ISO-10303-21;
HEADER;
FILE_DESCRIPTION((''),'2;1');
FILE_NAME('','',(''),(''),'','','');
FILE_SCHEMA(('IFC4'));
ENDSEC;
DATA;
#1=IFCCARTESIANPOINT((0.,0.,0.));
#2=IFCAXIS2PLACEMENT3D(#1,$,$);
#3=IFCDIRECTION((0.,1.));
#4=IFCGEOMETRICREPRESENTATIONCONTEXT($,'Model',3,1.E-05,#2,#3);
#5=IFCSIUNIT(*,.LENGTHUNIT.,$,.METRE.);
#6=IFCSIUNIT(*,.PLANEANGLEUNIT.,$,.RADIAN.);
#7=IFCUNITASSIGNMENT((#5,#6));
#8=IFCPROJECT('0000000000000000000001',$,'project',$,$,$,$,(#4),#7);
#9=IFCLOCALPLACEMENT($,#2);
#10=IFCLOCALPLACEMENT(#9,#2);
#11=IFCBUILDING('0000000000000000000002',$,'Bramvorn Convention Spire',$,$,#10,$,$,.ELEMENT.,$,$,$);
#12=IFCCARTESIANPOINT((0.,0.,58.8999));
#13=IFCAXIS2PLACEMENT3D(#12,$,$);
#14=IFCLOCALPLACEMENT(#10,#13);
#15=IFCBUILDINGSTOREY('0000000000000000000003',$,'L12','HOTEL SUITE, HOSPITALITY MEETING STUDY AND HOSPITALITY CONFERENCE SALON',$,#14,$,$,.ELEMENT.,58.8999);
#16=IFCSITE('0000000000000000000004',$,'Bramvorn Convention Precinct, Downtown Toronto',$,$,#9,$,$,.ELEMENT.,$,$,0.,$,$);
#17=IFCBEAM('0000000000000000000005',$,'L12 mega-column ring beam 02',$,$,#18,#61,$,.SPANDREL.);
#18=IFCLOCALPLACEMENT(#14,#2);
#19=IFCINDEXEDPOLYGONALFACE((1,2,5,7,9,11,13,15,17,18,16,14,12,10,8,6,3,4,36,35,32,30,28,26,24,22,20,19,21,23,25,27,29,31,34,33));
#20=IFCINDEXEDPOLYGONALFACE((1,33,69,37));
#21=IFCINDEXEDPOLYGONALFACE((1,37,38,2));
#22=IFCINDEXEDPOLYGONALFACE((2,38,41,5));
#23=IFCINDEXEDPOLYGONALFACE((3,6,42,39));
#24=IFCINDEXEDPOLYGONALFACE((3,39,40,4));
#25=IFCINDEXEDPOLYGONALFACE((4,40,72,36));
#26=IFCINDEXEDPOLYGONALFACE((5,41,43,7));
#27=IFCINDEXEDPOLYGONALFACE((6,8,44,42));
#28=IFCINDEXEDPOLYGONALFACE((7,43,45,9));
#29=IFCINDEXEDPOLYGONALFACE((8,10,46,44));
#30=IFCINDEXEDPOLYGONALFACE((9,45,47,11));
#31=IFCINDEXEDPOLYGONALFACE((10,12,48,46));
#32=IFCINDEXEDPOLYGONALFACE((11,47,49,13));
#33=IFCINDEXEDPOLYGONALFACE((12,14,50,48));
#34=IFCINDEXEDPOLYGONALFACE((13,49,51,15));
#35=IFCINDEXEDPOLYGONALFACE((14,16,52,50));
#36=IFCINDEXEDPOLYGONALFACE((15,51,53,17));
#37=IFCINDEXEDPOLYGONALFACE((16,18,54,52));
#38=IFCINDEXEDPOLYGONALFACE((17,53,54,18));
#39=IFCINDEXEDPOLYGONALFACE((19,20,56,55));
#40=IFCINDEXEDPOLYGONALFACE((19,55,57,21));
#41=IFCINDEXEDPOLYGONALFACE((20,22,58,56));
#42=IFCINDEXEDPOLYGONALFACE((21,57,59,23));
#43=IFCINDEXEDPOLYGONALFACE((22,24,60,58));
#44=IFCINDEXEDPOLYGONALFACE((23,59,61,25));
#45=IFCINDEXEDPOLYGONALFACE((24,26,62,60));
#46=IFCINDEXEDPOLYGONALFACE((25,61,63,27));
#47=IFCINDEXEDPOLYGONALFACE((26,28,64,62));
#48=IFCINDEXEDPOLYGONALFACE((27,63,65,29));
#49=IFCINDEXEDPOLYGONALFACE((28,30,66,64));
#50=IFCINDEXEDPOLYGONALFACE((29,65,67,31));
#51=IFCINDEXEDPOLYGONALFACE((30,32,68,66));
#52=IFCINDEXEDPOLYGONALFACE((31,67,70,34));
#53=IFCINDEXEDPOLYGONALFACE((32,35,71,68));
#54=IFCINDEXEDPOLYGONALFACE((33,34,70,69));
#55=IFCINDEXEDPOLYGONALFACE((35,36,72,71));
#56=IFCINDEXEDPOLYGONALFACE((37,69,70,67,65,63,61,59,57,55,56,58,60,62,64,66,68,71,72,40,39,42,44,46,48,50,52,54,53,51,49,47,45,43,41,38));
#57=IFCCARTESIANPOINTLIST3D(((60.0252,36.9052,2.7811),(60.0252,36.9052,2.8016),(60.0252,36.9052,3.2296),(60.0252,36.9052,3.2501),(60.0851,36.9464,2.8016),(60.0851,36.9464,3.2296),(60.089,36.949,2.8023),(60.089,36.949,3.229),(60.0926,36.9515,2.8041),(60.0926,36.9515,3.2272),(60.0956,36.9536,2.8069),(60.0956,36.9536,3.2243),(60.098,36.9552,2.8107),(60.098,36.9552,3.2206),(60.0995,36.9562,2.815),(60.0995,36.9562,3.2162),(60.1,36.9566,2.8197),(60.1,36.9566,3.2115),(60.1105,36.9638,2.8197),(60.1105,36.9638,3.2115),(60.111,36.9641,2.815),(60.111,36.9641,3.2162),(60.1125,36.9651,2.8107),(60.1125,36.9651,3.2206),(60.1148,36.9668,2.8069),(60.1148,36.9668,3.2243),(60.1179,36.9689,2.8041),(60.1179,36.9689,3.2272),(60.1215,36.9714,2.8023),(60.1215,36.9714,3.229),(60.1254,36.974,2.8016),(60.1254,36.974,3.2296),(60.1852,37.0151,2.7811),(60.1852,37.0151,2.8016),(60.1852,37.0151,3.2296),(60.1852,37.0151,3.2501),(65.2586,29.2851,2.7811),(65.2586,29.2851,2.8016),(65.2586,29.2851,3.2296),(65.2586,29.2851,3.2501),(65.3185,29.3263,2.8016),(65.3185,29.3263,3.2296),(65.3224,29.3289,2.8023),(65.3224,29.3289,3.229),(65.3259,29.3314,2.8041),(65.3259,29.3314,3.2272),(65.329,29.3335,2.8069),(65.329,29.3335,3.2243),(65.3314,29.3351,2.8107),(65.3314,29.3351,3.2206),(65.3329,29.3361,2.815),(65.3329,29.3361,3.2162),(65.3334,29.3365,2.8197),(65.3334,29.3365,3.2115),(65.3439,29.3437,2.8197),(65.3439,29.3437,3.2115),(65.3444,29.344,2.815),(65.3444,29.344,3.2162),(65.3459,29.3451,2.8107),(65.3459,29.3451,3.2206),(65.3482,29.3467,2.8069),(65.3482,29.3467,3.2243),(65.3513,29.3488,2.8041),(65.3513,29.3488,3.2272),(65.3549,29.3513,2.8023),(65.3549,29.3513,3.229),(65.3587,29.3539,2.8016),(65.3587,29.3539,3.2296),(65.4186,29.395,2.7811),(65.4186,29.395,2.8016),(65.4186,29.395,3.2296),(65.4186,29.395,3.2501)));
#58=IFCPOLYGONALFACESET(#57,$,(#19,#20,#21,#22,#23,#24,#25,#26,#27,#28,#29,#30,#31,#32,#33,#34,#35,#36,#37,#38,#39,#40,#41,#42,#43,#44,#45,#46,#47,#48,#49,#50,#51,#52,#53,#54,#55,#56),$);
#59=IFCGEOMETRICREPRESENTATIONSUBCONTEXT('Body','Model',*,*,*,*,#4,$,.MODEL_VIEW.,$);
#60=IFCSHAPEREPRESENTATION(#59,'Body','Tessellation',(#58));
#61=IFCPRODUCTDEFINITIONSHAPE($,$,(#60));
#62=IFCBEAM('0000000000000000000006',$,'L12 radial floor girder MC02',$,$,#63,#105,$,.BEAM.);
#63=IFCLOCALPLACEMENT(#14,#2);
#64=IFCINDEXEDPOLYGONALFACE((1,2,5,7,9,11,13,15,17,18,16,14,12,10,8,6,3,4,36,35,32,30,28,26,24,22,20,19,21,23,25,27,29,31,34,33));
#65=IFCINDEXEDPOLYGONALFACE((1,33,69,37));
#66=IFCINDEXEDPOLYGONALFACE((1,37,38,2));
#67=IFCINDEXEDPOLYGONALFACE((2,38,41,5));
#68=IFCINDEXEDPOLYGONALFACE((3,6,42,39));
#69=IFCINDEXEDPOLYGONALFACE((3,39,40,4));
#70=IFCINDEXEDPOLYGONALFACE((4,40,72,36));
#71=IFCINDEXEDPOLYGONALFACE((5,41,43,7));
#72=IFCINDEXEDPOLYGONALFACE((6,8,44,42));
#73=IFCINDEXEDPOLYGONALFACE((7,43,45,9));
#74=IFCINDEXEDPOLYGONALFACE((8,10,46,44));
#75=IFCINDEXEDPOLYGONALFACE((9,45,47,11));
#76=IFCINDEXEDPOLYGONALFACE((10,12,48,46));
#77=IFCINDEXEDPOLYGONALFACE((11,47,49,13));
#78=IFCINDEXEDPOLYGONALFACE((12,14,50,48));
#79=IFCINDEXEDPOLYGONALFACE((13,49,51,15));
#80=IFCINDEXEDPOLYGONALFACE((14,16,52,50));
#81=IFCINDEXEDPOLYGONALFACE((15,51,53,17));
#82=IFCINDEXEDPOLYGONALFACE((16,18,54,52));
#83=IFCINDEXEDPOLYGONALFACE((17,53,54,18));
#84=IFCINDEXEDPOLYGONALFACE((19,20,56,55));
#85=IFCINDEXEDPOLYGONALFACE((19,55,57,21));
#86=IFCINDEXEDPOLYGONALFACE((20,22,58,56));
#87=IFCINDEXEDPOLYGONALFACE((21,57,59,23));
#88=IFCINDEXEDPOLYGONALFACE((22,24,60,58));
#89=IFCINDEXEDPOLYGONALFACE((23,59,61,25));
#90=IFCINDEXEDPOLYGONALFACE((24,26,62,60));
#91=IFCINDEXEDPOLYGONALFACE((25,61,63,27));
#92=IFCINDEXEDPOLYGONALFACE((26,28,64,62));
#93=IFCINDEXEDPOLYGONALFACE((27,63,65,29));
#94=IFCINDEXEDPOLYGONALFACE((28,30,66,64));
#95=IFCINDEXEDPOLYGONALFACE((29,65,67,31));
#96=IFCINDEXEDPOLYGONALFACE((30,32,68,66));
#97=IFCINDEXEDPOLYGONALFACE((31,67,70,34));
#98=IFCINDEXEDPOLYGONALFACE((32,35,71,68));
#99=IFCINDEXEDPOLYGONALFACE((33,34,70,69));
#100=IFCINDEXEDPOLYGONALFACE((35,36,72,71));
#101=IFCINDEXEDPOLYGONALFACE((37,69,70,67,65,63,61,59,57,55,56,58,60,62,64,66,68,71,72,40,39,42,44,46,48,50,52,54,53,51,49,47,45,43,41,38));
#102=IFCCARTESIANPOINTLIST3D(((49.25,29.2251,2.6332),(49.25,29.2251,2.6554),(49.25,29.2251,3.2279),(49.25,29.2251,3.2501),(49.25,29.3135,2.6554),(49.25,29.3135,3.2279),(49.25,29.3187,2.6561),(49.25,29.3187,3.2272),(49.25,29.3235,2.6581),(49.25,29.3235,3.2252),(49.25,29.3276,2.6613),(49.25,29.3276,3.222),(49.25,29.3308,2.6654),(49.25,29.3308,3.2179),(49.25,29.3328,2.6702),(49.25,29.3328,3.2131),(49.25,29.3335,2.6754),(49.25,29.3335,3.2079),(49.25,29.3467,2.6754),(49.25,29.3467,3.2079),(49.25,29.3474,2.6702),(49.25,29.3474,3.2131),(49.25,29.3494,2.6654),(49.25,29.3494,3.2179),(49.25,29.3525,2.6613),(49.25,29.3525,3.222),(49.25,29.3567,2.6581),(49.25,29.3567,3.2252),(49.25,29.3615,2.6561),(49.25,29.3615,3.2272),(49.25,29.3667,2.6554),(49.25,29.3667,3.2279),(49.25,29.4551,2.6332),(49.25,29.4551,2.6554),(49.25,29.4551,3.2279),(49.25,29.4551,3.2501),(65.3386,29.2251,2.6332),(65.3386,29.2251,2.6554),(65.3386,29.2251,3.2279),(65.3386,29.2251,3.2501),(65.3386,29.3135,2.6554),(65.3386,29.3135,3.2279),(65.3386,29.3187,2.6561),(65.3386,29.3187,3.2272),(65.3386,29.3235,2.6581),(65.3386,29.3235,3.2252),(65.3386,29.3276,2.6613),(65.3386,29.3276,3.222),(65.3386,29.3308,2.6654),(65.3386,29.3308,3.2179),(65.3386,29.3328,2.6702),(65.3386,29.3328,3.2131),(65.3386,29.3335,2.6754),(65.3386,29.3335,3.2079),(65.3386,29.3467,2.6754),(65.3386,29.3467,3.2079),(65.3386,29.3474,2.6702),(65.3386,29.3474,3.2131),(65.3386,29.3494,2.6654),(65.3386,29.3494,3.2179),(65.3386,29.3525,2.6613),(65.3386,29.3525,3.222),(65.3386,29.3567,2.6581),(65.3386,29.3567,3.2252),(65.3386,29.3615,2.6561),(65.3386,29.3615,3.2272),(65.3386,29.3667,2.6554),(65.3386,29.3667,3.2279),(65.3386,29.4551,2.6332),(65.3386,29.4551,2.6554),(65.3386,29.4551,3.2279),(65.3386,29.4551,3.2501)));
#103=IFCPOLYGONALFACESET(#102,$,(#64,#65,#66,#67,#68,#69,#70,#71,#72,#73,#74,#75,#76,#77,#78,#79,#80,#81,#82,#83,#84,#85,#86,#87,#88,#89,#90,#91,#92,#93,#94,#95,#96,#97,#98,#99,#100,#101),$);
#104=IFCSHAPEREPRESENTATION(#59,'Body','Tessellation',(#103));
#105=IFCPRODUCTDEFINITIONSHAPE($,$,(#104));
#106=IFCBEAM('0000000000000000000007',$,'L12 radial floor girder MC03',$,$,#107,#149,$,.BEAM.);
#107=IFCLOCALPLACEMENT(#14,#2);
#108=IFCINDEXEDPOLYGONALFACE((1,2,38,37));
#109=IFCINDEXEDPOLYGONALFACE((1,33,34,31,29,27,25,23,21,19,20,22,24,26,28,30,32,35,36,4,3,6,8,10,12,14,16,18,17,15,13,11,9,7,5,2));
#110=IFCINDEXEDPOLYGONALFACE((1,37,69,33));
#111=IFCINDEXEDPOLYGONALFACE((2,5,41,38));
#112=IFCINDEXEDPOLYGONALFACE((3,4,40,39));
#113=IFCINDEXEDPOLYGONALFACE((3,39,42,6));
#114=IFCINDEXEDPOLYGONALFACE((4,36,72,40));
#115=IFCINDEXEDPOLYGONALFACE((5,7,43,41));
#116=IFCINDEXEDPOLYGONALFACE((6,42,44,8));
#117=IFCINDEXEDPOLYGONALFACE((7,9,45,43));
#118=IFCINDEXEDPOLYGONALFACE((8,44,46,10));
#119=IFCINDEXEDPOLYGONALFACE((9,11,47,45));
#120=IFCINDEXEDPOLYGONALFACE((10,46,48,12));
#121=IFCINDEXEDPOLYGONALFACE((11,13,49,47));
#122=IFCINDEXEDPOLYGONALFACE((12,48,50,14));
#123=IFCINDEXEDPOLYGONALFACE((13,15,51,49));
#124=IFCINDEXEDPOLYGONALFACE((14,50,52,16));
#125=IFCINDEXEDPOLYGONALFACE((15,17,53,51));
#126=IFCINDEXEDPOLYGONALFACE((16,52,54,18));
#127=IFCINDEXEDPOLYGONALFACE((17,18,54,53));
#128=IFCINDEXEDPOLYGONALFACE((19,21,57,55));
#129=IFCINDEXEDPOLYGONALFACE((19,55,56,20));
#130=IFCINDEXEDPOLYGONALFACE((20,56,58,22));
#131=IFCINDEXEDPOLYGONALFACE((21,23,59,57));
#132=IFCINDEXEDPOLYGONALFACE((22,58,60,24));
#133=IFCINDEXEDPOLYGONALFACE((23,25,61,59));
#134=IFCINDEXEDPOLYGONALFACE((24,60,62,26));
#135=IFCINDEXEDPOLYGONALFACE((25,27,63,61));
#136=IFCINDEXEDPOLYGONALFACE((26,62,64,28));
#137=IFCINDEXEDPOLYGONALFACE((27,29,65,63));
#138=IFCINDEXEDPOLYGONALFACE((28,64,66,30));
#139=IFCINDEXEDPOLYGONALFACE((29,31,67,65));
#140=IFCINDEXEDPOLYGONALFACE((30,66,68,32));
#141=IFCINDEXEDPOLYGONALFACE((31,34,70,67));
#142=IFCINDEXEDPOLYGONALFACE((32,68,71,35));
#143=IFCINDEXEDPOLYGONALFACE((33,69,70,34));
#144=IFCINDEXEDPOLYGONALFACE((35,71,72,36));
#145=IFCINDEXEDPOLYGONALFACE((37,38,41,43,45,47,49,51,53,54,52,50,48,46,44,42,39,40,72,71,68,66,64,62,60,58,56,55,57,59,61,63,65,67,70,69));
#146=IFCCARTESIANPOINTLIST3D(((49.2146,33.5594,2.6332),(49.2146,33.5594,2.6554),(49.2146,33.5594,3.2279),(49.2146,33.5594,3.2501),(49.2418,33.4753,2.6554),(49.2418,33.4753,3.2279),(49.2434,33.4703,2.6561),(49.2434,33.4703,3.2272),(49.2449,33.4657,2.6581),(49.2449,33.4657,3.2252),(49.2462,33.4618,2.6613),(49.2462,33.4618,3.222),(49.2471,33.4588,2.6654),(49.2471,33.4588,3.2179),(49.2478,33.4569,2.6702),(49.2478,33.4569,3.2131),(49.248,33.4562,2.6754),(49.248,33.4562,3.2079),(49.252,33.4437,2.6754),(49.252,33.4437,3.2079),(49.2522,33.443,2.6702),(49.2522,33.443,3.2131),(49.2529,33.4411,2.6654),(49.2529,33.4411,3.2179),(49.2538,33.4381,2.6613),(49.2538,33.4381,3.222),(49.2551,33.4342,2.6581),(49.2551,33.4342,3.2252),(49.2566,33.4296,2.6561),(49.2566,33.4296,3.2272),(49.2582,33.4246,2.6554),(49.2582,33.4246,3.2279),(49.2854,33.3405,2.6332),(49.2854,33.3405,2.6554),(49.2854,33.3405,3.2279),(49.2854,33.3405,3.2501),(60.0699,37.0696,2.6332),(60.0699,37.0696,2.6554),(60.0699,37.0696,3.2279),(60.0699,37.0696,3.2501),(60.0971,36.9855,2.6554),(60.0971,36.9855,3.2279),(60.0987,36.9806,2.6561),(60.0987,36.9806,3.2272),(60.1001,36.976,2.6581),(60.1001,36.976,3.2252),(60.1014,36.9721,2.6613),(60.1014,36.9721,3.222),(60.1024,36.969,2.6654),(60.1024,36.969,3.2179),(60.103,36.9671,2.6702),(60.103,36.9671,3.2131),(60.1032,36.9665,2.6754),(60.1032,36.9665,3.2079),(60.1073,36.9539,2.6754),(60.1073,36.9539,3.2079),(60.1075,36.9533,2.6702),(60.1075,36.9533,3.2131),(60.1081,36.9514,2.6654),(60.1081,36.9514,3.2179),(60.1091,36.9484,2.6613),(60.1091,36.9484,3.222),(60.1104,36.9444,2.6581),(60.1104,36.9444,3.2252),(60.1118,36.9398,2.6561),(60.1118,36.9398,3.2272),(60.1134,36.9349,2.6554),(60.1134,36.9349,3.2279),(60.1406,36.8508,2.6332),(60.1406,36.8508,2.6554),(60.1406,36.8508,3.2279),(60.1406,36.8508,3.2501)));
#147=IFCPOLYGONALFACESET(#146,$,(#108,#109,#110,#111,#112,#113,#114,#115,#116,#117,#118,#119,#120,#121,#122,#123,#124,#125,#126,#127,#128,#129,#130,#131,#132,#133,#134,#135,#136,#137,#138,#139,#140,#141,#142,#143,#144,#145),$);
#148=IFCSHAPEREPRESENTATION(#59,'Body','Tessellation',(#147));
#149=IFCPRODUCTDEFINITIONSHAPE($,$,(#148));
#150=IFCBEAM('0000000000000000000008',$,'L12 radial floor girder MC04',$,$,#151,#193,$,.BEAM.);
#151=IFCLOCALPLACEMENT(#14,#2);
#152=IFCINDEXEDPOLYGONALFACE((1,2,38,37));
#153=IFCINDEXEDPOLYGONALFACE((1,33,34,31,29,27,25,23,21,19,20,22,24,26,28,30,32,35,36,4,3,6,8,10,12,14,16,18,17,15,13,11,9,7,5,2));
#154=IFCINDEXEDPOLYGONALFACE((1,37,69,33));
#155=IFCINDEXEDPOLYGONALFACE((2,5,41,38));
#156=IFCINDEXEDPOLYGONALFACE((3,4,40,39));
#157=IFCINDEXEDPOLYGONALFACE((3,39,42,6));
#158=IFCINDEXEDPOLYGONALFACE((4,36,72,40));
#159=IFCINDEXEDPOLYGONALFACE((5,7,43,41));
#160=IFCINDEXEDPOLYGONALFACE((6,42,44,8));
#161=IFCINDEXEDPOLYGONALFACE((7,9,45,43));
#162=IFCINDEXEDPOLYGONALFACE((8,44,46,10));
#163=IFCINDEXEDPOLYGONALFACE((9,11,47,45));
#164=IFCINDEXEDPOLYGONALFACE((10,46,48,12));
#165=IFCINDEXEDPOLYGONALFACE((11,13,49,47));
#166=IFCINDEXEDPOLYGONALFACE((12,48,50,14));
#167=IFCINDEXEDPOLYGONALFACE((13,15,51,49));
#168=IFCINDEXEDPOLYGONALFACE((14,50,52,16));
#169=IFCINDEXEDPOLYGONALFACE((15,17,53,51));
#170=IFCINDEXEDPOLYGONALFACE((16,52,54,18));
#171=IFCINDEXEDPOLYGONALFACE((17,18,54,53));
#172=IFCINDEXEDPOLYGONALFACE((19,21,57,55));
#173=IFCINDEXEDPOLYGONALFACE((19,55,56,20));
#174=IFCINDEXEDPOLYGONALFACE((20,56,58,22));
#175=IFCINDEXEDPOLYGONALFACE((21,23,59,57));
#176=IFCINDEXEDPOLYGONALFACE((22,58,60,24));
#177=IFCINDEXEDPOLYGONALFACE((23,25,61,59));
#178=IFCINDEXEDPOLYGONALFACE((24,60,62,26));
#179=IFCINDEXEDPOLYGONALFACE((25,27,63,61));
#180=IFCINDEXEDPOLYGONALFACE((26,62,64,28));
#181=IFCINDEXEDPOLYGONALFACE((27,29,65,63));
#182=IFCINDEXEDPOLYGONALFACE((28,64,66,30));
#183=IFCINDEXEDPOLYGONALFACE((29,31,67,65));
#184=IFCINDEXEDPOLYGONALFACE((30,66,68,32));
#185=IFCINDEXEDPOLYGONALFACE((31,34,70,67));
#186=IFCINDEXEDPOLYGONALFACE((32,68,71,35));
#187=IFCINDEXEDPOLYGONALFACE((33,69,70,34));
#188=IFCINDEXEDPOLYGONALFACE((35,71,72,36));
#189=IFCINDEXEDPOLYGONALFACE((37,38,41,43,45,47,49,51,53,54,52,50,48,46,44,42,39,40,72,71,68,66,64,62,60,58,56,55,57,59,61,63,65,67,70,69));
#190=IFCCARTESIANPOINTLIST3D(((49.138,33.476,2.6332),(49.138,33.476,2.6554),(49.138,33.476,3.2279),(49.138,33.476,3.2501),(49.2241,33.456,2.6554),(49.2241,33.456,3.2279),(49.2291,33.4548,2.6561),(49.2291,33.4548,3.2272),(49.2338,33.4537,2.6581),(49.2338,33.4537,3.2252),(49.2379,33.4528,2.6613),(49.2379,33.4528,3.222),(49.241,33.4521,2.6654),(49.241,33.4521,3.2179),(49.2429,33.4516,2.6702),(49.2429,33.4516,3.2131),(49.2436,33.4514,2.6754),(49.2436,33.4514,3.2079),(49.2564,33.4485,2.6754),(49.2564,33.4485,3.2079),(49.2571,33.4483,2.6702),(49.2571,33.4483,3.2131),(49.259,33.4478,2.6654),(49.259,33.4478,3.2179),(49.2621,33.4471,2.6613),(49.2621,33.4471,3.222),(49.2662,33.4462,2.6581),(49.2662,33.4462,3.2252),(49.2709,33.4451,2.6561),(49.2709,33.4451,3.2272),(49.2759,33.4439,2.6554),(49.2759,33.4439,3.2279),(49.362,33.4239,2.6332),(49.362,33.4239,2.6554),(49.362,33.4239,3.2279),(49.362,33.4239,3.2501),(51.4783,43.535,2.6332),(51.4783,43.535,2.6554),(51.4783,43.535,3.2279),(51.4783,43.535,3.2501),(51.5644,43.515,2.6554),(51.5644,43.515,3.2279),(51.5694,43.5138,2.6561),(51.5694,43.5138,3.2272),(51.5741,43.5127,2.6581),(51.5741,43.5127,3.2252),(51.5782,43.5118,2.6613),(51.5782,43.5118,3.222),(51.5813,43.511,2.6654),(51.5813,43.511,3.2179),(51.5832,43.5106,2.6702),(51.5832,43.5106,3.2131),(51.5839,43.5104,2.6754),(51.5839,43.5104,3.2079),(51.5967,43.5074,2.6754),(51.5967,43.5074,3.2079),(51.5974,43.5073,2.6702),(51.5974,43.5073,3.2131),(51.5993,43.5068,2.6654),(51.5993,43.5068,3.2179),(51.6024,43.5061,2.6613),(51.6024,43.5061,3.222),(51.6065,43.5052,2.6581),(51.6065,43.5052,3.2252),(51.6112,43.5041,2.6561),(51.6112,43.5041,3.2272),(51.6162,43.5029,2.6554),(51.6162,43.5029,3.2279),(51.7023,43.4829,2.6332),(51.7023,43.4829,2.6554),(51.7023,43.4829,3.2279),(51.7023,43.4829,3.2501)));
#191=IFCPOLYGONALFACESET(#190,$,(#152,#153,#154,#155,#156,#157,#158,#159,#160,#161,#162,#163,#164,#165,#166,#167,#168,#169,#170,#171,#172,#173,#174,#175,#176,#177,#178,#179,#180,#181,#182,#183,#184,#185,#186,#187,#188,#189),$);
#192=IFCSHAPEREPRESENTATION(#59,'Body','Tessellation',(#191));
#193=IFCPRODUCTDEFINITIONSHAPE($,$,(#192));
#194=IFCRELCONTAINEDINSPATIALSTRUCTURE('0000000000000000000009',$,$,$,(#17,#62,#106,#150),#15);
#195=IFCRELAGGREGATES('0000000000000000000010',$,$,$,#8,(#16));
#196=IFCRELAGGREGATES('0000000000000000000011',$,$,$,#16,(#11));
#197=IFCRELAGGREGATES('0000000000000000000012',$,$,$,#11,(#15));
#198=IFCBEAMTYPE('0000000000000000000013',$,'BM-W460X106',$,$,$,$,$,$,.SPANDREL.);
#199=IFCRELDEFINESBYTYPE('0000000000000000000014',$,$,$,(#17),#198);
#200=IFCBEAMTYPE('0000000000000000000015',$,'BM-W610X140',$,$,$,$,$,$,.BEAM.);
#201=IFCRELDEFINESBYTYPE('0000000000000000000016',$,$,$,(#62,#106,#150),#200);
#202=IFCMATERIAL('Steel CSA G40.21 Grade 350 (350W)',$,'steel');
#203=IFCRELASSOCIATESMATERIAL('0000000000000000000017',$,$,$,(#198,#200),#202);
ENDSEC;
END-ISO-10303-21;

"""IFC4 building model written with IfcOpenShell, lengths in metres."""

from ifc_helpers import new_model, si_unit, direction, frame, origin, origin_2d, place, context, subcontext, project, spatial, i_section, extrude, material, material_profile, profile_set, type_object, element, save


model = new_model("IFC4")

# Units and contexts
model_context = context("Model", 3, precision=1e-05, world=origin(), true_north=direction((0.0, 1.0)))
body_context = subcontext(model_context, "Body", "Model", "MODEL_VIEW")
ifc_project = project(units=[si_unit("LENGTHUNIT", "METRE"), si_unit("PLANEANGLEUNIT", "RADIAN")], contexts=[model_context])

# Site, building, storey
site_placement = place(None, origin())
site = spatial("IfcSite", under=ifc_project, at=site_placement, Name="Bramvorn Convention Precinct, Downtown Toronto", CompositionType="ELEMENT", RefElevation=0.0)
building_placement = place(site_placement, origin())
building = spatial("IfcBuilding", under=site, at=building_placement, Name="Bramvorn Convention Spire", CompositionType="ELEMENT")
storey_placement = place(building_placement, frame((0.0, 0.0, 58.8999)))
storey = spatial("IfcBuildingStorey", under=building, at=storey_placement, Name="L12", Description="HOTEL SUITE, HOSPITALITY MEETING STUDY AND HOSPITALITY CONFERENCE SALON", CompositionType="ELEMENT", Elevation=58.8999)

# Shared definitions
ifc_material_1 = material(Name="Steel CSA G40.21 Grade 350 (350W)", Category="steel")

# Beams
ifc_material_profile_1 = material_profile(ifc_material_1, i_section(OverallWidth=0.1941, OverallDepth=0.469, WebThickness=0.0127, FlangeThickness=0.0205, FilletRadius=0.0181, at=origin_2d()))
ifc_profile_set_1 = profile_set([ifc_material_profile_1], Name="Steel CSA G40.21 Grade 350 (350W) - W460X106")
beam_type_1 = type_object("IfcBeamType", Name="BM-W460X106", PredefinedType="SPANDREL", material=ifc_profile_set_1)
beam_1_placement = place(storey_placement, frame((65.3386, 29.3401, 3.0156), z_axis=(-0.56613, 0.824316, 0.0), x_axis=(-0.824316, -0.56613, 0.0)))
element("IfcBeam", 1, at=beam_1_placement, inside=storey, type_object=beam_type_1, Name="L12 mega-column ring beam 02", PredefinedType="SPANDREL", context=body_context, shape_type="SweptSolid", body=[
    extrude(i_section(OverallWidth=0.1941, OverallDepth=0.469, WebThickness=0.0127, FlangeThickness=0.0205, FilletRadius=0.0181, at=origin_2d()), origin(), (0.0, 0.0, 1.0), 9.2441),
])
ifc_material_profile_2 = material_profile(ifc_material_1, i_section(OverallWidth=0.23, OverallDepth=0.6169, WebThickness=0.0132, FlangeThickness=0.0222, FilletRadius=0.02, at=origin_2d()))
ifc_profile_set_2 = profile_set([ifc_material_profile_2], Name="Steel CSA G40.21 Grade 350 (350W) - W610X140")
beam_type_2 = type_object("IfcBeamType", Name="BM-W610X140", PredefinedType="BEAM", material=ifc_profile_set_2)
beam_2_placement = place(storey_placement, frame((49.25, 29.3401, 2.9417), z_axis=(1.0, 0.0, 0.0), x_axis=(0.0, 1.0, 0.0)))
element("IfcBeam", 2, at=beam_2_placement, inside=storey, type_object=beam_type_2, Name="L12 radial floor girder MC02", PredefinedType="BEAM", context=body_context, shape_type="SweptSolid", body=[
    extrude(i_section(OverallWidth=0.23, OverallDepth=0.6169, WebThickness=0.0132, FlangeThickness=0.0222, FilletRadius=0.02, at=origin_2d()), origin(), (0.0, 0.0, 1.0), 16.0886),
])
beam_3_placement = place(storey_placement, frame((49.25, 33.45, 2.9417), z_axis=(0.951489, 0.307683, 0.0), x_axis=(-0.307683, 0.951489, 0.0)))
element("IfcBeam", 3, at=beam_3_placement, inside=storey, type_object=beam_type_2, Name="L12 radial floor girder MC03", PredefinedType="BEAM", context=body_context, shape_type="SweptSolid", body=[
    extrude(i_section(OverallWidth=0.23, OverallDepth=0.6169, WebThickness=0.0132, FlangeThickness=0.0222, FilletRadius=0.02, at=origin_2d()), origin(), (0.0, 0.0, 1.0), 11.4087),
])
beam_4_placement = place(storey_placement, frame((49.25, 33.45, 2.9417), z_axis=(0.226606, 0.973986, 0.0), x_axis=(-0.973986, 0.226606, 0.0)))
element("IfcBeam", 4, at=beam_4_placement, inside=storey, type_object=beam_type_2, Name="L12 radial floor girder MC04", PredefinedType="BEAM", context=body_context, shape_type="SweptSolid", body=[
    extrude(i_section(OverallWidth=0.23, OverallDepth=0.6169, WebThickness=0.0132, FlangeThickness=0.0222, FilletRadius=0.02, at=origin_2d()), origin(), (0.0, 0.0, 1.0), 10.3276),
])

save(model, "model.ifc")
